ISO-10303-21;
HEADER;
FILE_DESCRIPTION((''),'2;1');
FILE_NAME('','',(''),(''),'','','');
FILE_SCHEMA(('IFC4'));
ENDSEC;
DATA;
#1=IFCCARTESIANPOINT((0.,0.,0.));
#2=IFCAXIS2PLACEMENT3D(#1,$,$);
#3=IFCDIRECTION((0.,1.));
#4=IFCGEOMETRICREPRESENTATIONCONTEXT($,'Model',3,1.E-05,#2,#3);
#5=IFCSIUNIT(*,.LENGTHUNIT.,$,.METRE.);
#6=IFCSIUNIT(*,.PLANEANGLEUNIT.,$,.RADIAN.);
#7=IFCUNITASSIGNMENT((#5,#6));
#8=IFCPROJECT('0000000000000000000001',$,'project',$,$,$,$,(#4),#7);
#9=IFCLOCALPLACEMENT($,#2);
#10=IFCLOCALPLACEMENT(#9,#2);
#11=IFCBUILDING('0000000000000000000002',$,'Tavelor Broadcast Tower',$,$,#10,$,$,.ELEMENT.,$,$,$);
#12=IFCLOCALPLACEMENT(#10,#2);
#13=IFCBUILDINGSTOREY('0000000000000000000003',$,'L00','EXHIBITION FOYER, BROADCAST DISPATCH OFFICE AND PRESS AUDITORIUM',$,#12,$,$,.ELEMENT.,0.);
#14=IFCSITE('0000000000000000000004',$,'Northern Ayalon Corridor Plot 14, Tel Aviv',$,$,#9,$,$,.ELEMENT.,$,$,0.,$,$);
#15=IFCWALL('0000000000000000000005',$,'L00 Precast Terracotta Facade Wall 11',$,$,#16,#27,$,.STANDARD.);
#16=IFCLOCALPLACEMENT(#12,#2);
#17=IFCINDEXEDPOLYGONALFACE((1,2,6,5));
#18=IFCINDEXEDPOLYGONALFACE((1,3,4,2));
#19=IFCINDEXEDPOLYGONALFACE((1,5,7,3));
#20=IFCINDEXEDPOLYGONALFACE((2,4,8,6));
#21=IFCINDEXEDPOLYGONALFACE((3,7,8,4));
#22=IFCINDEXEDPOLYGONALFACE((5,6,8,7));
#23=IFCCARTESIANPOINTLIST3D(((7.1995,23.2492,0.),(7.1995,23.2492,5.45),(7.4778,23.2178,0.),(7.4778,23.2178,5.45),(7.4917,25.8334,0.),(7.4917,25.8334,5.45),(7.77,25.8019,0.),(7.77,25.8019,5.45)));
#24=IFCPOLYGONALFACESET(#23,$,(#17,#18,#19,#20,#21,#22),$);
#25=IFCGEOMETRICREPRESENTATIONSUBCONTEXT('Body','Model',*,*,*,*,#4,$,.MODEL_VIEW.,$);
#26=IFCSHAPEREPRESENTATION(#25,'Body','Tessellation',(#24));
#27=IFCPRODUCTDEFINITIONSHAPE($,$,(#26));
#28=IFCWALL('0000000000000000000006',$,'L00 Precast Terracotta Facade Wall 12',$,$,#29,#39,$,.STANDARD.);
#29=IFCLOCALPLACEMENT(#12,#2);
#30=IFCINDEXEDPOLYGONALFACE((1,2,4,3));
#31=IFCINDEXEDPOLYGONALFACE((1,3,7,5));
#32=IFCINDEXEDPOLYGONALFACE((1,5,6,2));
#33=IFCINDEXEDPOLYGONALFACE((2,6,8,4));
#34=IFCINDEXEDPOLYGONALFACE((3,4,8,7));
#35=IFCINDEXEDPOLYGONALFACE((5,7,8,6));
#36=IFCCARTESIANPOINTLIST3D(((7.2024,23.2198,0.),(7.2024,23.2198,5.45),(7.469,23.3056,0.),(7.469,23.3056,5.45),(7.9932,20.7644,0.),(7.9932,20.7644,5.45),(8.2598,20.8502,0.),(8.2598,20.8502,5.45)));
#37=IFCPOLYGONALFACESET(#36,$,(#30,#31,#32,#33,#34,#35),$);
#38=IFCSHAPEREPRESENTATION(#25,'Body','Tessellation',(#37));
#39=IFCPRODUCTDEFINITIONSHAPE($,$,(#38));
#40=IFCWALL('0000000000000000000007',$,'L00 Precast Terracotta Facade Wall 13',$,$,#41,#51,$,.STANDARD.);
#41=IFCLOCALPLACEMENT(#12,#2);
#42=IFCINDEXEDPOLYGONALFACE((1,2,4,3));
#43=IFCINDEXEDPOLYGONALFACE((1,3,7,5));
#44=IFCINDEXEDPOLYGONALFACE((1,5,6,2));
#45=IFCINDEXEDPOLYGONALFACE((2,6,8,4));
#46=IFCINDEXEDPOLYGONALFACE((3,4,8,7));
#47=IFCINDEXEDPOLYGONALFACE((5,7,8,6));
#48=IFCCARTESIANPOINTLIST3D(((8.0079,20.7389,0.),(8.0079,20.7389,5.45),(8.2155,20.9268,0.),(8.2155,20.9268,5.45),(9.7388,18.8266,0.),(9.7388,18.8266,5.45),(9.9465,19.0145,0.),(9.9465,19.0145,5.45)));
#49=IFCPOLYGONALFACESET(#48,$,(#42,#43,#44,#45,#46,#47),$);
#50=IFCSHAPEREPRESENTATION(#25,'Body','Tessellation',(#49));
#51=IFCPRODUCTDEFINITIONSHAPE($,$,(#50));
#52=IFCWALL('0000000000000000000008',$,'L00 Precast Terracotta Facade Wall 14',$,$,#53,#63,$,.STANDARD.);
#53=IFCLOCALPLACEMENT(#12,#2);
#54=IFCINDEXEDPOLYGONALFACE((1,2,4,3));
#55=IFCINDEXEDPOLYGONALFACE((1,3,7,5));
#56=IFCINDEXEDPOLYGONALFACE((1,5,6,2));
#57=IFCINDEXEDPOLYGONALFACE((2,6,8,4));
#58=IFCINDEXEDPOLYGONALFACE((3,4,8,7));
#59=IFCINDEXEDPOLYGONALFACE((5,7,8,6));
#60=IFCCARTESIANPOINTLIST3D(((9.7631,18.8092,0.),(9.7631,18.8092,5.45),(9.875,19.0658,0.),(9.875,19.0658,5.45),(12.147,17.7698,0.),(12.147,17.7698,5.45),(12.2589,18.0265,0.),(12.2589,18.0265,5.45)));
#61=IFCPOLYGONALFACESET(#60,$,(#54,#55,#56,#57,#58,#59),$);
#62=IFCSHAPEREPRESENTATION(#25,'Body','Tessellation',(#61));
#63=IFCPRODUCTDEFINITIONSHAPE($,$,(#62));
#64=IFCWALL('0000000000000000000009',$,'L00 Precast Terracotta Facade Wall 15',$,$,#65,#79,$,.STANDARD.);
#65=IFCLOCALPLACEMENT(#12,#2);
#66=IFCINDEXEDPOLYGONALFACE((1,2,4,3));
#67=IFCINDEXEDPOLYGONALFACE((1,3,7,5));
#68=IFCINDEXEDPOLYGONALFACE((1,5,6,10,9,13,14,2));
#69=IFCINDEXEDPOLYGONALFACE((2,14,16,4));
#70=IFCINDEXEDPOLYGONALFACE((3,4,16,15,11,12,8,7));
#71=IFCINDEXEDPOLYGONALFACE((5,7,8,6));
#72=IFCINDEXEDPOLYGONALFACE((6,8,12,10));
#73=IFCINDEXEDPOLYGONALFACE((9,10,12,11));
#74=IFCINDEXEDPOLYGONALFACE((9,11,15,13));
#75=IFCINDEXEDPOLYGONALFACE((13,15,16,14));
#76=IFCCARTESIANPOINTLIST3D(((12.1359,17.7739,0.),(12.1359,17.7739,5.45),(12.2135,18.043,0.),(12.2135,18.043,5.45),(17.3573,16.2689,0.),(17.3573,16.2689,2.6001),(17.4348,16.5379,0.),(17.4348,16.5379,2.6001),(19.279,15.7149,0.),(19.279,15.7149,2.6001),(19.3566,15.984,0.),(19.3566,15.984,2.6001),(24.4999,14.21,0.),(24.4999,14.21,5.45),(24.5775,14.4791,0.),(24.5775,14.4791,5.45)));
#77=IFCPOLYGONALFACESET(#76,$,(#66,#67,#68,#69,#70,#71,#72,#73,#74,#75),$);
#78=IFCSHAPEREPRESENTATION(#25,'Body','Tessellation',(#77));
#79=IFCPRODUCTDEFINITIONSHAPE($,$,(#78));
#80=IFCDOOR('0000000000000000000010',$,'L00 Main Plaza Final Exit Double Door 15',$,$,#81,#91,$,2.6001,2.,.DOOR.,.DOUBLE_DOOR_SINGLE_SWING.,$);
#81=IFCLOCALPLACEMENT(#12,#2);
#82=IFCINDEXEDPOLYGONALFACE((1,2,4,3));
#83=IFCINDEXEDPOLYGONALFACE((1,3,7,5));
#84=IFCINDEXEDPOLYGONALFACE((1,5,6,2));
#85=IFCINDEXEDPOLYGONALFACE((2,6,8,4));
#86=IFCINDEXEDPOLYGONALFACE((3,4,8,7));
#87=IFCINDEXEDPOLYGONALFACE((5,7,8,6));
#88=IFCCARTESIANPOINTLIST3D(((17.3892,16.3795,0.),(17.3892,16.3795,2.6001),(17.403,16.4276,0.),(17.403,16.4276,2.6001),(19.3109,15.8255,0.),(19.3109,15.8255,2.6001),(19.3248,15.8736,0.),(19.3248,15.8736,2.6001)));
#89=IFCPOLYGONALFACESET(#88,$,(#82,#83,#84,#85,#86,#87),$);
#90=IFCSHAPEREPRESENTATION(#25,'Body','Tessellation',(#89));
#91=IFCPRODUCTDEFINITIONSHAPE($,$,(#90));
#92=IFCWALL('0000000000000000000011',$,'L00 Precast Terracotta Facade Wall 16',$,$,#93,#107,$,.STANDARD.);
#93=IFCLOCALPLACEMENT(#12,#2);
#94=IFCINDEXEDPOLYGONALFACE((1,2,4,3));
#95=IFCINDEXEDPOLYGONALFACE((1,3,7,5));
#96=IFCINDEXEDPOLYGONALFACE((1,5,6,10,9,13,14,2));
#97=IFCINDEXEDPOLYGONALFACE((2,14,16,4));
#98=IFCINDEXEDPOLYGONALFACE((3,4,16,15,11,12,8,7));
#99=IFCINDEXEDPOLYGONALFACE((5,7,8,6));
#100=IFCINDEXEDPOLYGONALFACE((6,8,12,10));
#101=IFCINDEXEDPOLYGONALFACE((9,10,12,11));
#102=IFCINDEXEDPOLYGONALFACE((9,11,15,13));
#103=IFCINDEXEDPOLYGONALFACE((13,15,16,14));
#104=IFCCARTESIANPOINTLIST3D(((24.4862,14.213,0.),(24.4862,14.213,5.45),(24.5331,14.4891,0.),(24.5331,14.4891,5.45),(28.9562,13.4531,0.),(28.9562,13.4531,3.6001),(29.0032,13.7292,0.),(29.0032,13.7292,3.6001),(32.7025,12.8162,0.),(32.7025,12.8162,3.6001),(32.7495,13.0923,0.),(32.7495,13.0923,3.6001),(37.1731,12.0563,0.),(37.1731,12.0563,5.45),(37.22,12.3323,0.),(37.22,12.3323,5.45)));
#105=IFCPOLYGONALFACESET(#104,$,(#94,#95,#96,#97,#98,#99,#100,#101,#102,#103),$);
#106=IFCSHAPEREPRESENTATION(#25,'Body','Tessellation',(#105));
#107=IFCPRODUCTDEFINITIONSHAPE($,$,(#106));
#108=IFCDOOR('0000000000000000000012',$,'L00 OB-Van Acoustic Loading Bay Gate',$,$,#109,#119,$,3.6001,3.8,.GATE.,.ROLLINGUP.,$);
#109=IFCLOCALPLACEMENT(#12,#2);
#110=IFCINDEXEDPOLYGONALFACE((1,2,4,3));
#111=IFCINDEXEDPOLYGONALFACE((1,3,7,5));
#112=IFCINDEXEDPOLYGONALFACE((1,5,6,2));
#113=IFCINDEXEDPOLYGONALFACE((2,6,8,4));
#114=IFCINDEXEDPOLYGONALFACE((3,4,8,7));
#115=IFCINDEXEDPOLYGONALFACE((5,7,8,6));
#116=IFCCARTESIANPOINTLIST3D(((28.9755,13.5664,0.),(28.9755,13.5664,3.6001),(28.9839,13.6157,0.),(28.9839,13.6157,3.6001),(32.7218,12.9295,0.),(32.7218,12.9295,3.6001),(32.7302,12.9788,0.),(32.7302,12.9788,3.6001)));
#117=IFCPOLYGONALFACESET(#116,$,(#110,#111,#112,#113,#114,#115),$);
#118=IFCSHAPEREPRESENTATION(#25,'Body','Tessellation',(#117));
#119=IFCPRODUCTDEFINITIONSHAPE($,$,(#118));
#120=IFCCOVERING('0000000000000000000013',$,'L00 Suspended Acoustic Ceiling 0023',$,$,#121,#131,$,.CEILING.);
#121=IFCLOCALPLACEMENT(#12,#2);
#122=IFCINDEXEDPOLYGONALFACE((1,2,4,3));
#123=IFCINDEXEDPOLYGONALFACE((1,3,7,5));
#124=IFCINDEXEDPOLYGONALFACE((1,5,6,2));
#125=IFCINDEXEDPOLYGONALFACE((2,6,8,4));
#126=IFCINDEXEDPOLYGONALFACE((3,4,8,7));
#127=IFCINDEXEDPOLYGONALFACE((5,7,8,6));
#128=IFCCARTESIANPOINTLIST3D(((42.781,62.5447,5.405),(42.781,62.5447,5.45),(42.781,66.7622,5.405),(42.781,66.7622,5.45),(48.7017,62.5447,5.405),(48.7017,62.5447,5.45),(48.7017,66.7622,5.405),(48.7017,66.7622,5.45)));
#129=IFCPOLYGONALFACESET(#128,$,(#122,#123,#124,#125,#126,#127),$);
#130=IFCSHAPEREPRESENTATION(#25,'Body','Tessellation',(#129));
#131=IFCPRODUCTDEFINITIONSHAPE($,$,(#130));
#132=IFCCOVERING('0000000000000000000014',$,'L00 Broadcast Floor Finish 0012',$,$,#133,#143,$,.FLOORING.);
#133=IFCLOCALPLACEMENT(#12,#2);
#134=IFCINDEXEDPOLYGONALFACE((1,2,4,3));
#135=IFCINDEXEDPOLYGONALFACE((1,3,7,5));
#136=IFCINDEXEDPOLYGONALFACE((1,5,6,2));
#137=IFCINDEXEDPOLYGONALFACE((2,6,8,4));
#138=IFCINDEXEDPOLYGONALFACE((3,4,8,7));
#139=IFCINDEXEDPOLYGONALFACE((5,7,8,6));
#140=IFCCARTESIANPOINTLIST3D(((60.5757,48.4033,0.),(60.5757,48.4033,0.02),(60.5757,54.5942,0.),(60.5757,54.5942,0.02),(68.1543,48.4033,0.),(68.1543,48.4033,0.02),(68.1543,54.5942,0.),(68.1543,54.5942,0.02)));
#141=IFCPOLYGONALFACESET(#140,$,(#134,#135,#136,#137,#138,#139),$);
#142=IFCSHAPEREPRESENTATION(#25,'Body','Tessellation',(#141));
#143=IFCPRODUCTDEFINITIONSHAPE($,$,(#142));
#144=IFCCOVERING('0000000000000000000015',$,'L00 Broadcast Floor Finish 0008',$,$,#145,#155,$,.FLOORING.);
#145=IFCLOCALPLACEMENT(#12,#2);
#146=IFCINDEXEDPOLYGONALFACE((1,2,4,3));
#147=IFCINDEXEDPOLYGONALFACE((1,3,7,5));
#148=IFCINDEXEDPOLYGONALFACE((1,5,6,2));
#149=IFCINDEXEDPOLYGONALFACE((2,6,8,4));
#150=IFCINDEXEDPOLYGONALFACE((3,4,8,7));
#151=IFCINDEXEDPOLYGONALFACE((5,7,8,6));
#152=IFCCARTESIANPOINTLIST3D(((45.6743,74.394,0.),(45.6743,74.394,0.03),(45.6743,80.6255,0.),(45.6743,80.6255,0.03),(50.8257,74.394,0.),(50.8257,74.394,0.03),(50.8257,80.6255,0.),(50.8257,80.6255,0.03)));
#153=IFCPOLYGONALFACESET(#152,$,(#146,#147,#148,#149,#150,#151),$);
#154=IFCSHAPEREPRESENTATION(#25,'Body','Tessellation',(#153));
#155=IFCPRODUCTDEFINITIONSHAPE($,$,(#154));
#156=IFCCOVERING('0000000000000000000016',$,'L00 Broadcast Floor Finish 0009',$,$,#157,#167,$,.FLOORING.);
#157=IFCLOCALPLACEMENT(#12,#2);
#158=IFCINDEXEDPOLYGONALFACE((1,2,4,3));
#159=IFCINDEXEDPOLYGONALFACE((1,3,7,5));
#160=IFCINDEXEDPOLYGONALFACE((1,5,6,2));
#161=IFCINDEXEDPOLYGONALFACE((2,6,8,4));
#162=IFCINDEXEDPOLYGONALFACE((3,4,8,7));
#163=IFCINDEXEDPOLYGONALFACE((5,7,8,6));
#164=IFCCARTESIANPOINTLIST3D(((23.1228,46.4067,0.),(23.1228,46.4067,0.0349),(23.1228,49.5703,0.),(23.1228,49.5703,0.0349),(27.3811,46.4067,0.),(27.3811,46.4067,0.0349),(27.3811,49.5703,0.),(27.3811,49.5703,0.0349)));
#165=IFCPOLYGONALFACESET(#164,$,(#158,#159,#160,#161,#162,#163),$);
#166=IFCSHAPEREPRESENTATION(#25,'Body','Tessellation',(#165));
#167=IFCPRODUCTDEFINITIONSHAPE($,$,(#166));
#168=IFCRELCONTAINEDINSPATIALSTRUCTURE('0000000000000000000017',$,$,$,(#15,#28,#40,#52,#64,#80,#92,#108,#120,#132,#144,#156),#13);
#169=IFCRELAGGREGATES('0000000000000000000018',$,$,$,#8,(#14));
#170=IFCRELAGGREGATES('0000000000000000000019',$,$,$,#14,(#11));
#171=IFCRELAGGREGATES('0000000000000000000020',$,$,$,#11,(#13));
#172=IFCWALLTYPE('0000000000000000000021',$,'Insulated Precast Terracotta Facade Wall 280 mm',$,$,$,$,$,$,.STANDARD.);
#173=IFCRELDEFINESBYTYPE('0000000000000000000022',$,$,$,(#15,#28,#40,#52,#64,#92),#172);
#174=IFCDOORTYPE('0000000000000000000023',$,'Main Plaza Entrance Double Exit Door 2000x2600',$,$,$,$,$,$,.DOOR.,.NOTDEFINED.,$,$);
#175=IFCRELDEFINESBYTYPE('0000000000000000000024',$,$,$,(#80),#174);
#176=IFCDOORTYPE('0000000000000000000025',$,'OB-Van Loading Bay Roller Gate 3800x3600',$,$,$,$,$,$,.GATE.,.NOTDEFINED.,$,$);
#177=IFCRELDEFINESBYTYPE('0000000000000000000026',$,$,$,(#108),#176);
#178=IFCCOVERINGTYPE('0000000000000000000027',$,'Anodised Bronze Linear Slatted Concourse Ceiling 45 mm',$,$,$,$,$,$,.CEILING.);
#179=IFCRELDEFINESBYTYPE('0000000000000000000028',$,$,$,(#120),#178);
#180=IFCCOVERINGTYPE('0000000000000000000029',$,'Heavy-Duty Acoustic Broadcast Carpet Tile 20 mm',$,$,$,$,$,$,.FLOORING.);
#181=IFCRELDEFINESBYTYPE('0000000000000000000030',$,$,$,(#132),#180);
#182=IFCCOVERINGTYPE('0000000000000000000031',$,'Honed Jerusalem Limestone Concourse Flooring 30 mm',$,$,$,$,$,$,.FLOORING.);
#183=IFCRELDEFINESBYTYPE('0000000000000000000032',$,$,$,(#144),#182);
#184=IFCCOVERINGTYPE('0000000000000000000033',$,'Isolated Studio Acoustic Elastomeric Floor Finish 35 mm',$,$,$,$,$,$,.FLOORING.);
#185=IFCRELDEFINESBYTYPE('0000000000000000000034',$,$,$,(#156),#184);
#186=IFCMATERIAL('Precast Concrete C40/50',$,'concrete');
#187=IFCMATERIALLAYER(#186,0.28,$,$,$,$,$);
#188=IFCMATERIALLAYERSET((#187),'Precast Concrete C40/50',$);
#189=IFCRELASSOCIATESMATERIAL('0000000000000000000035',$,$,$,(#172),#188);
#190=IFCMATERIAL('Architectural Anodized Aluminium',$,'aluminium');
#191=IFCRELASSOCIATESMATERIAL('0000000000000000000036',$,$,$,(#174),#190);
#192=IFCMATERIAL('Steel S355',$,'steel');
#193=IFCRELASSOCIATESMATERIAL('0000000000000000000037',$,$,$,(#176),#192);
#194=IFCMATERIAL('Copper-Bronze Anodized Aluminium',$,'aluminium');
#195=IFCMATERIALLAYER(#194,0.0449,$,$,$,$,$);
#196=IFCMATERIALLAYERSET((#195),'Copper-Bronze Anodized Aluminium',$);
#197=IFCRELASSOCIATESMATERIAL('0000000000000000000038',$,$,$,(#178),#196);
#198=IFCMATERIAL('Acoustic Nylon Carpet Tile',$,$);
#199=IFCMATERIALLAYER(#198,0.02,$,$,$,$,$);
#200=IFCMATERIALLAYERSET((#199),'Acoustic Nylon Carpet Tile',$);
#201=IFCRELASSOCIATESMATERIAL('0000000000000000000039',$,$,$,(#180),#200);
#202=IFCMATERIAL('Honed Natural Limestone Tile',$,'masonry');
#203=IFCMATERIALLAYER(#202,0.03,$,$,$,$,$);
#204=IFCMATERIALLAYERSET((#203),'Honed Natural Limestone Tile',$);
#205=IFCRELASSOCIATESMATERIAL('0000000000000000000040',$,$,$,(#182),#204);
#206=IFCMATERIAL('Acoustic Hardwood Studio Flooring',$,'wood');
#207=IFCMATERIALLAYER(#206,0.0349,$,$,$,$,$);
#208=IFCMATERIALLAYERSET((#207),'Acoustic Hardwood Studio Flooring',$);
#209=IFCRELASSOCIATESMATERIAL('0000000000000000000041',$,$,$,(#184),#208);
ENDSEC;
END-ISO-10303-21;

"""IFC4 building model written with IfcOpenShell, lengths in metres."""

from ifc_helpers import new_model, si_unit, direction, frame, frame_2d, origin, place, context, subcontext, project, spatial, polyline, rectangle, outline, extrude, material, layer, layer_set, type_object, element, fill, save


model = new_model("IFC4")

# Units and contexts
model_context = context("Model", 3, precision=1e-05, world=origin(), true_north=direction((0.0, 1.0)))
body_context = subcontext(model_context, "Body", "Model", "MODEL_VIEW")
ifc_project = project(units=[si_unit("LENGTHUNIT", "METRE"), si_unit("PLANEANGLEUNIT", "RADIAN")], contexts=[model_context])

# Site, building, storey
site_placement = place(None, origin())
site = spatial("IfcSite", under=ifc_project, at=site_placement, Name="Northern Ayalon Corridor Plot 14, Tel Aviv", CompositionType="ELEMENT", RefElevation=0.0)
building_placement = place(site_placement, origin())
building = spatial("IfcBuilding", under=site, at=building_placement, Name="Tavelor Broadcast Tower", CompositionType="ELEMENT")
storey_placement = place(building_placement, origin())
storey = spatial("IfcBuildingStorey", under=building, at=storey_placement, Name="L00", Description="EXHIBITION FOYER, BROADCAST DISPATCH OFFICE AND PRESS AUDITORIUM", CompositionType="ELEMENT", Elevation=0.0)

# Walls
ifc_material_1 = material(Name="Precast Concrete C40/50", Category="concrete")
ifc_layer_1 = layer(ifc_material_1, 0.28)
ifc_layer_set_1 = layer_set([ifc_layer_1], Name="Precast Concrete C40/50")
wall_type = type_object("IfcWallType", Name="Insulated Precast Terracotta Facade Wall 280 mm", PredefinedType="STANDARD", material=ifc_layer_set_1)
wall_1_placement = place(storey_placement, frame((7.6309, 25.8176, 0.0), z_axis=(0.0, 0.0, 1.0), x_axis=(-0.112368, -0.993667, 0.0)))
element("IfcWall", 1, at=wall_1_placement, inside=storey, type_object=wall_type, Name="L00 Precast Terracotta Facade Wall 11", PredefinedType="STANDARD", context=body_context, shape_type="SweptSolid", body=[
    extrude(rectangle(XDim=2.6006, YDim=0.28, at=frame_2d((1.3003, 0.0))), origin(), (0.0, 0.0, 1.0), 5.45),
])
wall_2_placement = place(storey_placement, frame((7.3357, 23.2627, 0.0), z_axis=(0.0, 0.0, 1.0), x_axis=(0.306558, -0.951852, 0.0)))
element("IfcWall", 2, at=wall_2_placement, inside=storey, type_object=wall_type, Name="L00 Precast Terracotta Facade Wall 12", PredefinedType="STANDARD", context=body_context, shape_type="SweptSolid", body=[
    extrude(rectangle(XDim=2.5796, YDim=0.28, at=frame_2d((1.2898, 0.0))), origin(), (0.0, 0.0, 1.0), 5.45),
])
wall_3_placement = place(storey_placement, frame((8.1118, 20.8328, 0.0), z_axis=(0.0, 0.0, 1.0), x_axis=(0.671069, -0.741394, 0.0)))
element("IfcWall", 3, at=wall_3_placement, inside=storey, type_object=wall_type, Name="L00 Precast Terracotta Facade Wall 13", PredefinedType="STANDARD", context=body_context, shape_type="SweptSolid", body=[
    extrude(rectangle(XDim=2.5793, YDim=0.28, at=frame_2d((1.2896, 0.0))), origin(), (0.0, 0.0, 1.0), 5.45),
])
wall_4_placement = place(storey_placement, frame((9.8191, 18.9375, 0.0), z_axis=(0.0, 0.0, 1.0), x_axis=(0.916665, -0.399656, 0.0)))
element("IfcWall", 4, at=wall_4_placement, inside=storey, type_object=wall_type, Name="L00 Precast Terracotta Facade Wall 14", PredefinedType="STANDARD", context=body_context, shape_type="SweptSolid", body=[
    extrude(rectangle(XDim=2.6006, YDim=0.28, at=frame_2d((1.3003, 0.0))), origin(), (0.0, 0.0, 1.0), 5.45),
])

# Walls, openings, doors
wall_5_placement = place(storey_placement, frame((12.1748, 17.9084, 0.0), z_axis=(0.0, 0.0, 1.0), x_axis=(0.960877, -0.276976, 0.0)))
wall_5 = element("IfcWall", 5, at=wall_5_placement, inside=storey, type_object=wall_type, Name="L00 Precast Terracotta Facade Wall 15", PredefinedType="STANDARD", context=body_context, shape_type="SweptSolid", body=[
    extrude(rectangle(XDim=12.8674, YDim=0.28, at=frame_2d((6.4336, 0.0))), origin(), (0.0, 0.0, 1.0), 5.45),
])
opening_1_placement = place(wall_5_placement, frame((5.4338, 0.0, 0.0)))
opening_1 = element("IfcOpeningElement", 6, at=opening_1_placement, cuts=wall_5, PredefinedType="OPENING", context=body_context, shape_type="SweptSolid", body=[
    extrude(rectangle(XDim=2.0, YDim=2.6001, at=frame_2d((1.0, 1.3))), frame((0.0, 0.1499, 0.0), z_axis=(0.0, -1.0, 0.0), x_axis=(1.0, 0.0, 0.0)), (0.0, 0.0, 1.0), 0.3),
])
ifc_material_2 = material(Name="Architectural Anodized Aluminium", Category="aluminium")
door_type_1 = type_object("IfcDoorType", Name="Main Plaza Entrance Double Exit Door 2000x2600", OperationType="NOTDEFINED", PredefinedType="DOOR", material=ifc_material_2)
door_1_placement = place(opening_1_placement, frame((2.0, 0.0, 0.0), z_axis=(0.0, 0.0, 1.0), x_axis=(-1.0, 0.0, 0.0)))
door_1 = element("IfcDoor", 7, at=door_1_placement, inside=storey, type_object=door_type_1, Name="L00 Main Plaza Final Exit Double Door 15", OperationType="DOUBLE_DOOR_SINGLE_SWING", OverallHeight=2.6001, OverallWidth=2.0, PredefinedType="DOOR", context=body_context, shape_type="SweptSolid", body=[
    extrude(rectangle(XDim=2.0, YDim=2.6001, at=frame_2d((1.0, 1.3))), frame((0.0, 0.0249, 0.0), z_axis=(0.0, -1.0, 0.0), x_axis=(1.0, 0.0, 0.0)), (0.0, 0.0, 1.0), 0.05),
])
fill(opening_1, door_1)
wall_6_placement = place(storey_placement, frame((24.5095, 14.3511, 0.0), z_axis=(0.0, 0.0, 1.0), x_axis=(0.985856, -0.167595, 0.0)))
wall_6 = element("IfcWall", 8, at=wall_6_placement, inside=storey, type_object=wall_type, Name="L00 Precast Terracotta Facade Wall 16", PredefinedType="STANDARD", context=body_context, shape_type="SweptSolid", body=[
    extrude(rectangle(XDim=12.8689, YDim=0.28, at=frame_2d((6.4346, 0.0))), origin(), (0.0, 0.0, 1.0), 5.45),
])
opening_2_placement = place(wall_6_placement, frame((4.5344, 0.0, 0.0)))
opening_2 = element("IfcOpeningElement", 9, at=opening_2_placement, cuts=wall_6, PredefinedType="OPENING", context=body_context, shape_type="SweptSolid", body=[
    extrude(rectangle(XDim=3.8, YDim=3.6001, at=frame_2d((1.8999, 1.8))), frame((0.0, 0.1499, 0.0), z_axis=(0.0, -1.0, 0.0), x_axis=(1.0, 0.0, 0.0)), (0.0, 0.0, 1.0), 0.3),
])
ifc_material_3 = material(Name="Steel S355", Category="steel")
door_type_2 = type_object("IfcDoorType", Name="OB-Van Loading Bay Roller Gate 3800x3600", OperationType="NOTDEFINED", PredefinedType="GATE", material=ifc_material_3)
door_2_placement = place(opening_2_placement, origin())
door_2 = element("IfcDoor", 10, at=door_2_placement, inside=storey, type_object=door_type_2, Name="L00 OB-Van Acoustic Loading Bay Gate", OperationType="ROLLINGUP", OverallHeight=3.6001, OverallWidth=3.8, PredefinedType="GATE", context=body_context, shape_type="SweptSolid", body=[
    extrude(rectangle(XDim=3.8, YDim=3.6001, at=frame_2d((1.8999, 1.8))), frame((0.0, 0.0249, 0.0), z_axis=(0.0, -1.0, 0.0), x_axis=(1.0, 0.0, 0.0)), (0.0, 0.0, 1.0), 0.05),
])
fill(opening_2, door_2)

# Coverings
ifc_material_4 = material(Name="Copper-Bronze Anodized Aluminium", Category="aluminium")
ifc_layer_2 = layer(ifc_material_4, 0.0449)
ifc_layer_set_2 = layer_set([ifc_layer_2], Name="Copper-Bronze Anodized Aluminium")
covering_type_1 = type_object("IfcCoveringType", Name="Anodised Bronze Linear Slatted Concourse Ceiling 45 mm", PredefinedType="CEILING", material=ifc_layer_set_2)
covering_1_placement = place(storey_placement, frame((0.0, 0.0, 5.405)))
element("IfcCovering", 11, at=covering_1_placement, inside=storey, type_object=covering_type_1, Name="L00 Suspended Acoustic Ceiling 0023", PredefinedType="CEILING", context=body_context, shape_type="SweptSolid", body=[
    extrude(outline(polyline([(42.781, 62.5447), (48.7017, 62.5447), (48.7017, 66.7622), (42.781, 66.7622), (42.781, 62.5447)])), origin(), (0.0, 0.0, 1.0), 0.0449),
])
ifc_material_5 = material(Name="Acoustic Nylon Carpet Tile")
ifc_layer_3 = layer(ifc_material_5, 0.02)
ifc_layer_set_3 = layer_set([ifc_layer_3], Name="Acoustic Nylon Carpet Tile")
covering_type_2 = type_object("IfcCoveringType", Name="Heavy-Duty Acoustic Broadcast Carpet Tile 20 mm", PredefinedType="FLOORING", material=ifc_layer_set_3)
covering_2_placement = place(storey_placement, origin())
element("IfcCovering", 12, at=covering_2_placement, inside=storey, type_object=covering_type_2, Name="L00 Broadcast Floor Finish 0012", PredefinedType="FLOORING", context=body_context, shape_type="SweptSolid", body=[
    extrude(outline(polyline([(60.5757, 48.4033), (68.1543, 48.4033), (68.1543, 54.5942), (60.5757, 54.5942), (60.5757, 48.4033)])), origin(), (0.0, 0.0, 1.0), 0.02),
])
ifc_material_6 = material(Name="Honed Natural Limestone Tile", Category="masonry")
ifc_layer_4 = layer(ifc_material_6, 0.03)
ifc_layer_set_4 = layer_set([ifc_layer_4], Name="Honed Natural Limestone Tile")
covering_type_3 = type_object("IfcCoveringType", Name="Honed Jerusalem Limestone Concourse Flooring 30 mm", PredefinedType="FLOORING", material=ifc_layer_set_4)
covering_3_placement = place(storey_placement, origin())
element("IfcCovering", 13, at=covering_3_placement, inside=storey, type_object=covering_type_3, Name="L00 Broadcast Floor Finish 0008", PredefinedType="FLOORING", context=body_context, shape_type="SweptSolid", body=[
    extrude(outline(polyline([(45.6743, 74.394), (50.8257, 74.394), (50.8257, 80.6255), (45.6743, 80.6255), (45.6743, 74.394)])), origin(), (0.0, 0.0, 1.0), 0.03),
])
ifc_material_7 = material(Name="Acoustic Hardwood Studio Flooring", Category="wood")
ifc_layer_5 = layer(ifc_material_7, 0.0349)
ifc_layer_set_5 = layer_set([ifc_layer_5], Name="Acoustic Hardwood Studio Flooring")
covering_type_4 = type_object("IfcCoveringType", Name="Isolated Studio Acoustic Elastomeric Floor Finish 35 mm", PredefinedType="FLOORING", material=ifc_layer_set_5)
covering_4_placement = place(storey_placement, origin())
element("IfcCovering", 14, at=covering_4_placement, inside=storey, type_object=covering_type_4, Name="L00 Broadcast Floor Finish 0009", PredefinedType="FLOORING", context=body_context, shape_type="SweptSolid", body=[
    extrude(outline(polyline([(23.1228, 46.4067), (27.3811, 46.4067), (27.3811, 49.5703), (23.1228, 49.5703), (23.1228, 46.4067)])), origin(), (0.0, 0.0, 1.0), 0.0349),
])

save(model, "model.ifc")
